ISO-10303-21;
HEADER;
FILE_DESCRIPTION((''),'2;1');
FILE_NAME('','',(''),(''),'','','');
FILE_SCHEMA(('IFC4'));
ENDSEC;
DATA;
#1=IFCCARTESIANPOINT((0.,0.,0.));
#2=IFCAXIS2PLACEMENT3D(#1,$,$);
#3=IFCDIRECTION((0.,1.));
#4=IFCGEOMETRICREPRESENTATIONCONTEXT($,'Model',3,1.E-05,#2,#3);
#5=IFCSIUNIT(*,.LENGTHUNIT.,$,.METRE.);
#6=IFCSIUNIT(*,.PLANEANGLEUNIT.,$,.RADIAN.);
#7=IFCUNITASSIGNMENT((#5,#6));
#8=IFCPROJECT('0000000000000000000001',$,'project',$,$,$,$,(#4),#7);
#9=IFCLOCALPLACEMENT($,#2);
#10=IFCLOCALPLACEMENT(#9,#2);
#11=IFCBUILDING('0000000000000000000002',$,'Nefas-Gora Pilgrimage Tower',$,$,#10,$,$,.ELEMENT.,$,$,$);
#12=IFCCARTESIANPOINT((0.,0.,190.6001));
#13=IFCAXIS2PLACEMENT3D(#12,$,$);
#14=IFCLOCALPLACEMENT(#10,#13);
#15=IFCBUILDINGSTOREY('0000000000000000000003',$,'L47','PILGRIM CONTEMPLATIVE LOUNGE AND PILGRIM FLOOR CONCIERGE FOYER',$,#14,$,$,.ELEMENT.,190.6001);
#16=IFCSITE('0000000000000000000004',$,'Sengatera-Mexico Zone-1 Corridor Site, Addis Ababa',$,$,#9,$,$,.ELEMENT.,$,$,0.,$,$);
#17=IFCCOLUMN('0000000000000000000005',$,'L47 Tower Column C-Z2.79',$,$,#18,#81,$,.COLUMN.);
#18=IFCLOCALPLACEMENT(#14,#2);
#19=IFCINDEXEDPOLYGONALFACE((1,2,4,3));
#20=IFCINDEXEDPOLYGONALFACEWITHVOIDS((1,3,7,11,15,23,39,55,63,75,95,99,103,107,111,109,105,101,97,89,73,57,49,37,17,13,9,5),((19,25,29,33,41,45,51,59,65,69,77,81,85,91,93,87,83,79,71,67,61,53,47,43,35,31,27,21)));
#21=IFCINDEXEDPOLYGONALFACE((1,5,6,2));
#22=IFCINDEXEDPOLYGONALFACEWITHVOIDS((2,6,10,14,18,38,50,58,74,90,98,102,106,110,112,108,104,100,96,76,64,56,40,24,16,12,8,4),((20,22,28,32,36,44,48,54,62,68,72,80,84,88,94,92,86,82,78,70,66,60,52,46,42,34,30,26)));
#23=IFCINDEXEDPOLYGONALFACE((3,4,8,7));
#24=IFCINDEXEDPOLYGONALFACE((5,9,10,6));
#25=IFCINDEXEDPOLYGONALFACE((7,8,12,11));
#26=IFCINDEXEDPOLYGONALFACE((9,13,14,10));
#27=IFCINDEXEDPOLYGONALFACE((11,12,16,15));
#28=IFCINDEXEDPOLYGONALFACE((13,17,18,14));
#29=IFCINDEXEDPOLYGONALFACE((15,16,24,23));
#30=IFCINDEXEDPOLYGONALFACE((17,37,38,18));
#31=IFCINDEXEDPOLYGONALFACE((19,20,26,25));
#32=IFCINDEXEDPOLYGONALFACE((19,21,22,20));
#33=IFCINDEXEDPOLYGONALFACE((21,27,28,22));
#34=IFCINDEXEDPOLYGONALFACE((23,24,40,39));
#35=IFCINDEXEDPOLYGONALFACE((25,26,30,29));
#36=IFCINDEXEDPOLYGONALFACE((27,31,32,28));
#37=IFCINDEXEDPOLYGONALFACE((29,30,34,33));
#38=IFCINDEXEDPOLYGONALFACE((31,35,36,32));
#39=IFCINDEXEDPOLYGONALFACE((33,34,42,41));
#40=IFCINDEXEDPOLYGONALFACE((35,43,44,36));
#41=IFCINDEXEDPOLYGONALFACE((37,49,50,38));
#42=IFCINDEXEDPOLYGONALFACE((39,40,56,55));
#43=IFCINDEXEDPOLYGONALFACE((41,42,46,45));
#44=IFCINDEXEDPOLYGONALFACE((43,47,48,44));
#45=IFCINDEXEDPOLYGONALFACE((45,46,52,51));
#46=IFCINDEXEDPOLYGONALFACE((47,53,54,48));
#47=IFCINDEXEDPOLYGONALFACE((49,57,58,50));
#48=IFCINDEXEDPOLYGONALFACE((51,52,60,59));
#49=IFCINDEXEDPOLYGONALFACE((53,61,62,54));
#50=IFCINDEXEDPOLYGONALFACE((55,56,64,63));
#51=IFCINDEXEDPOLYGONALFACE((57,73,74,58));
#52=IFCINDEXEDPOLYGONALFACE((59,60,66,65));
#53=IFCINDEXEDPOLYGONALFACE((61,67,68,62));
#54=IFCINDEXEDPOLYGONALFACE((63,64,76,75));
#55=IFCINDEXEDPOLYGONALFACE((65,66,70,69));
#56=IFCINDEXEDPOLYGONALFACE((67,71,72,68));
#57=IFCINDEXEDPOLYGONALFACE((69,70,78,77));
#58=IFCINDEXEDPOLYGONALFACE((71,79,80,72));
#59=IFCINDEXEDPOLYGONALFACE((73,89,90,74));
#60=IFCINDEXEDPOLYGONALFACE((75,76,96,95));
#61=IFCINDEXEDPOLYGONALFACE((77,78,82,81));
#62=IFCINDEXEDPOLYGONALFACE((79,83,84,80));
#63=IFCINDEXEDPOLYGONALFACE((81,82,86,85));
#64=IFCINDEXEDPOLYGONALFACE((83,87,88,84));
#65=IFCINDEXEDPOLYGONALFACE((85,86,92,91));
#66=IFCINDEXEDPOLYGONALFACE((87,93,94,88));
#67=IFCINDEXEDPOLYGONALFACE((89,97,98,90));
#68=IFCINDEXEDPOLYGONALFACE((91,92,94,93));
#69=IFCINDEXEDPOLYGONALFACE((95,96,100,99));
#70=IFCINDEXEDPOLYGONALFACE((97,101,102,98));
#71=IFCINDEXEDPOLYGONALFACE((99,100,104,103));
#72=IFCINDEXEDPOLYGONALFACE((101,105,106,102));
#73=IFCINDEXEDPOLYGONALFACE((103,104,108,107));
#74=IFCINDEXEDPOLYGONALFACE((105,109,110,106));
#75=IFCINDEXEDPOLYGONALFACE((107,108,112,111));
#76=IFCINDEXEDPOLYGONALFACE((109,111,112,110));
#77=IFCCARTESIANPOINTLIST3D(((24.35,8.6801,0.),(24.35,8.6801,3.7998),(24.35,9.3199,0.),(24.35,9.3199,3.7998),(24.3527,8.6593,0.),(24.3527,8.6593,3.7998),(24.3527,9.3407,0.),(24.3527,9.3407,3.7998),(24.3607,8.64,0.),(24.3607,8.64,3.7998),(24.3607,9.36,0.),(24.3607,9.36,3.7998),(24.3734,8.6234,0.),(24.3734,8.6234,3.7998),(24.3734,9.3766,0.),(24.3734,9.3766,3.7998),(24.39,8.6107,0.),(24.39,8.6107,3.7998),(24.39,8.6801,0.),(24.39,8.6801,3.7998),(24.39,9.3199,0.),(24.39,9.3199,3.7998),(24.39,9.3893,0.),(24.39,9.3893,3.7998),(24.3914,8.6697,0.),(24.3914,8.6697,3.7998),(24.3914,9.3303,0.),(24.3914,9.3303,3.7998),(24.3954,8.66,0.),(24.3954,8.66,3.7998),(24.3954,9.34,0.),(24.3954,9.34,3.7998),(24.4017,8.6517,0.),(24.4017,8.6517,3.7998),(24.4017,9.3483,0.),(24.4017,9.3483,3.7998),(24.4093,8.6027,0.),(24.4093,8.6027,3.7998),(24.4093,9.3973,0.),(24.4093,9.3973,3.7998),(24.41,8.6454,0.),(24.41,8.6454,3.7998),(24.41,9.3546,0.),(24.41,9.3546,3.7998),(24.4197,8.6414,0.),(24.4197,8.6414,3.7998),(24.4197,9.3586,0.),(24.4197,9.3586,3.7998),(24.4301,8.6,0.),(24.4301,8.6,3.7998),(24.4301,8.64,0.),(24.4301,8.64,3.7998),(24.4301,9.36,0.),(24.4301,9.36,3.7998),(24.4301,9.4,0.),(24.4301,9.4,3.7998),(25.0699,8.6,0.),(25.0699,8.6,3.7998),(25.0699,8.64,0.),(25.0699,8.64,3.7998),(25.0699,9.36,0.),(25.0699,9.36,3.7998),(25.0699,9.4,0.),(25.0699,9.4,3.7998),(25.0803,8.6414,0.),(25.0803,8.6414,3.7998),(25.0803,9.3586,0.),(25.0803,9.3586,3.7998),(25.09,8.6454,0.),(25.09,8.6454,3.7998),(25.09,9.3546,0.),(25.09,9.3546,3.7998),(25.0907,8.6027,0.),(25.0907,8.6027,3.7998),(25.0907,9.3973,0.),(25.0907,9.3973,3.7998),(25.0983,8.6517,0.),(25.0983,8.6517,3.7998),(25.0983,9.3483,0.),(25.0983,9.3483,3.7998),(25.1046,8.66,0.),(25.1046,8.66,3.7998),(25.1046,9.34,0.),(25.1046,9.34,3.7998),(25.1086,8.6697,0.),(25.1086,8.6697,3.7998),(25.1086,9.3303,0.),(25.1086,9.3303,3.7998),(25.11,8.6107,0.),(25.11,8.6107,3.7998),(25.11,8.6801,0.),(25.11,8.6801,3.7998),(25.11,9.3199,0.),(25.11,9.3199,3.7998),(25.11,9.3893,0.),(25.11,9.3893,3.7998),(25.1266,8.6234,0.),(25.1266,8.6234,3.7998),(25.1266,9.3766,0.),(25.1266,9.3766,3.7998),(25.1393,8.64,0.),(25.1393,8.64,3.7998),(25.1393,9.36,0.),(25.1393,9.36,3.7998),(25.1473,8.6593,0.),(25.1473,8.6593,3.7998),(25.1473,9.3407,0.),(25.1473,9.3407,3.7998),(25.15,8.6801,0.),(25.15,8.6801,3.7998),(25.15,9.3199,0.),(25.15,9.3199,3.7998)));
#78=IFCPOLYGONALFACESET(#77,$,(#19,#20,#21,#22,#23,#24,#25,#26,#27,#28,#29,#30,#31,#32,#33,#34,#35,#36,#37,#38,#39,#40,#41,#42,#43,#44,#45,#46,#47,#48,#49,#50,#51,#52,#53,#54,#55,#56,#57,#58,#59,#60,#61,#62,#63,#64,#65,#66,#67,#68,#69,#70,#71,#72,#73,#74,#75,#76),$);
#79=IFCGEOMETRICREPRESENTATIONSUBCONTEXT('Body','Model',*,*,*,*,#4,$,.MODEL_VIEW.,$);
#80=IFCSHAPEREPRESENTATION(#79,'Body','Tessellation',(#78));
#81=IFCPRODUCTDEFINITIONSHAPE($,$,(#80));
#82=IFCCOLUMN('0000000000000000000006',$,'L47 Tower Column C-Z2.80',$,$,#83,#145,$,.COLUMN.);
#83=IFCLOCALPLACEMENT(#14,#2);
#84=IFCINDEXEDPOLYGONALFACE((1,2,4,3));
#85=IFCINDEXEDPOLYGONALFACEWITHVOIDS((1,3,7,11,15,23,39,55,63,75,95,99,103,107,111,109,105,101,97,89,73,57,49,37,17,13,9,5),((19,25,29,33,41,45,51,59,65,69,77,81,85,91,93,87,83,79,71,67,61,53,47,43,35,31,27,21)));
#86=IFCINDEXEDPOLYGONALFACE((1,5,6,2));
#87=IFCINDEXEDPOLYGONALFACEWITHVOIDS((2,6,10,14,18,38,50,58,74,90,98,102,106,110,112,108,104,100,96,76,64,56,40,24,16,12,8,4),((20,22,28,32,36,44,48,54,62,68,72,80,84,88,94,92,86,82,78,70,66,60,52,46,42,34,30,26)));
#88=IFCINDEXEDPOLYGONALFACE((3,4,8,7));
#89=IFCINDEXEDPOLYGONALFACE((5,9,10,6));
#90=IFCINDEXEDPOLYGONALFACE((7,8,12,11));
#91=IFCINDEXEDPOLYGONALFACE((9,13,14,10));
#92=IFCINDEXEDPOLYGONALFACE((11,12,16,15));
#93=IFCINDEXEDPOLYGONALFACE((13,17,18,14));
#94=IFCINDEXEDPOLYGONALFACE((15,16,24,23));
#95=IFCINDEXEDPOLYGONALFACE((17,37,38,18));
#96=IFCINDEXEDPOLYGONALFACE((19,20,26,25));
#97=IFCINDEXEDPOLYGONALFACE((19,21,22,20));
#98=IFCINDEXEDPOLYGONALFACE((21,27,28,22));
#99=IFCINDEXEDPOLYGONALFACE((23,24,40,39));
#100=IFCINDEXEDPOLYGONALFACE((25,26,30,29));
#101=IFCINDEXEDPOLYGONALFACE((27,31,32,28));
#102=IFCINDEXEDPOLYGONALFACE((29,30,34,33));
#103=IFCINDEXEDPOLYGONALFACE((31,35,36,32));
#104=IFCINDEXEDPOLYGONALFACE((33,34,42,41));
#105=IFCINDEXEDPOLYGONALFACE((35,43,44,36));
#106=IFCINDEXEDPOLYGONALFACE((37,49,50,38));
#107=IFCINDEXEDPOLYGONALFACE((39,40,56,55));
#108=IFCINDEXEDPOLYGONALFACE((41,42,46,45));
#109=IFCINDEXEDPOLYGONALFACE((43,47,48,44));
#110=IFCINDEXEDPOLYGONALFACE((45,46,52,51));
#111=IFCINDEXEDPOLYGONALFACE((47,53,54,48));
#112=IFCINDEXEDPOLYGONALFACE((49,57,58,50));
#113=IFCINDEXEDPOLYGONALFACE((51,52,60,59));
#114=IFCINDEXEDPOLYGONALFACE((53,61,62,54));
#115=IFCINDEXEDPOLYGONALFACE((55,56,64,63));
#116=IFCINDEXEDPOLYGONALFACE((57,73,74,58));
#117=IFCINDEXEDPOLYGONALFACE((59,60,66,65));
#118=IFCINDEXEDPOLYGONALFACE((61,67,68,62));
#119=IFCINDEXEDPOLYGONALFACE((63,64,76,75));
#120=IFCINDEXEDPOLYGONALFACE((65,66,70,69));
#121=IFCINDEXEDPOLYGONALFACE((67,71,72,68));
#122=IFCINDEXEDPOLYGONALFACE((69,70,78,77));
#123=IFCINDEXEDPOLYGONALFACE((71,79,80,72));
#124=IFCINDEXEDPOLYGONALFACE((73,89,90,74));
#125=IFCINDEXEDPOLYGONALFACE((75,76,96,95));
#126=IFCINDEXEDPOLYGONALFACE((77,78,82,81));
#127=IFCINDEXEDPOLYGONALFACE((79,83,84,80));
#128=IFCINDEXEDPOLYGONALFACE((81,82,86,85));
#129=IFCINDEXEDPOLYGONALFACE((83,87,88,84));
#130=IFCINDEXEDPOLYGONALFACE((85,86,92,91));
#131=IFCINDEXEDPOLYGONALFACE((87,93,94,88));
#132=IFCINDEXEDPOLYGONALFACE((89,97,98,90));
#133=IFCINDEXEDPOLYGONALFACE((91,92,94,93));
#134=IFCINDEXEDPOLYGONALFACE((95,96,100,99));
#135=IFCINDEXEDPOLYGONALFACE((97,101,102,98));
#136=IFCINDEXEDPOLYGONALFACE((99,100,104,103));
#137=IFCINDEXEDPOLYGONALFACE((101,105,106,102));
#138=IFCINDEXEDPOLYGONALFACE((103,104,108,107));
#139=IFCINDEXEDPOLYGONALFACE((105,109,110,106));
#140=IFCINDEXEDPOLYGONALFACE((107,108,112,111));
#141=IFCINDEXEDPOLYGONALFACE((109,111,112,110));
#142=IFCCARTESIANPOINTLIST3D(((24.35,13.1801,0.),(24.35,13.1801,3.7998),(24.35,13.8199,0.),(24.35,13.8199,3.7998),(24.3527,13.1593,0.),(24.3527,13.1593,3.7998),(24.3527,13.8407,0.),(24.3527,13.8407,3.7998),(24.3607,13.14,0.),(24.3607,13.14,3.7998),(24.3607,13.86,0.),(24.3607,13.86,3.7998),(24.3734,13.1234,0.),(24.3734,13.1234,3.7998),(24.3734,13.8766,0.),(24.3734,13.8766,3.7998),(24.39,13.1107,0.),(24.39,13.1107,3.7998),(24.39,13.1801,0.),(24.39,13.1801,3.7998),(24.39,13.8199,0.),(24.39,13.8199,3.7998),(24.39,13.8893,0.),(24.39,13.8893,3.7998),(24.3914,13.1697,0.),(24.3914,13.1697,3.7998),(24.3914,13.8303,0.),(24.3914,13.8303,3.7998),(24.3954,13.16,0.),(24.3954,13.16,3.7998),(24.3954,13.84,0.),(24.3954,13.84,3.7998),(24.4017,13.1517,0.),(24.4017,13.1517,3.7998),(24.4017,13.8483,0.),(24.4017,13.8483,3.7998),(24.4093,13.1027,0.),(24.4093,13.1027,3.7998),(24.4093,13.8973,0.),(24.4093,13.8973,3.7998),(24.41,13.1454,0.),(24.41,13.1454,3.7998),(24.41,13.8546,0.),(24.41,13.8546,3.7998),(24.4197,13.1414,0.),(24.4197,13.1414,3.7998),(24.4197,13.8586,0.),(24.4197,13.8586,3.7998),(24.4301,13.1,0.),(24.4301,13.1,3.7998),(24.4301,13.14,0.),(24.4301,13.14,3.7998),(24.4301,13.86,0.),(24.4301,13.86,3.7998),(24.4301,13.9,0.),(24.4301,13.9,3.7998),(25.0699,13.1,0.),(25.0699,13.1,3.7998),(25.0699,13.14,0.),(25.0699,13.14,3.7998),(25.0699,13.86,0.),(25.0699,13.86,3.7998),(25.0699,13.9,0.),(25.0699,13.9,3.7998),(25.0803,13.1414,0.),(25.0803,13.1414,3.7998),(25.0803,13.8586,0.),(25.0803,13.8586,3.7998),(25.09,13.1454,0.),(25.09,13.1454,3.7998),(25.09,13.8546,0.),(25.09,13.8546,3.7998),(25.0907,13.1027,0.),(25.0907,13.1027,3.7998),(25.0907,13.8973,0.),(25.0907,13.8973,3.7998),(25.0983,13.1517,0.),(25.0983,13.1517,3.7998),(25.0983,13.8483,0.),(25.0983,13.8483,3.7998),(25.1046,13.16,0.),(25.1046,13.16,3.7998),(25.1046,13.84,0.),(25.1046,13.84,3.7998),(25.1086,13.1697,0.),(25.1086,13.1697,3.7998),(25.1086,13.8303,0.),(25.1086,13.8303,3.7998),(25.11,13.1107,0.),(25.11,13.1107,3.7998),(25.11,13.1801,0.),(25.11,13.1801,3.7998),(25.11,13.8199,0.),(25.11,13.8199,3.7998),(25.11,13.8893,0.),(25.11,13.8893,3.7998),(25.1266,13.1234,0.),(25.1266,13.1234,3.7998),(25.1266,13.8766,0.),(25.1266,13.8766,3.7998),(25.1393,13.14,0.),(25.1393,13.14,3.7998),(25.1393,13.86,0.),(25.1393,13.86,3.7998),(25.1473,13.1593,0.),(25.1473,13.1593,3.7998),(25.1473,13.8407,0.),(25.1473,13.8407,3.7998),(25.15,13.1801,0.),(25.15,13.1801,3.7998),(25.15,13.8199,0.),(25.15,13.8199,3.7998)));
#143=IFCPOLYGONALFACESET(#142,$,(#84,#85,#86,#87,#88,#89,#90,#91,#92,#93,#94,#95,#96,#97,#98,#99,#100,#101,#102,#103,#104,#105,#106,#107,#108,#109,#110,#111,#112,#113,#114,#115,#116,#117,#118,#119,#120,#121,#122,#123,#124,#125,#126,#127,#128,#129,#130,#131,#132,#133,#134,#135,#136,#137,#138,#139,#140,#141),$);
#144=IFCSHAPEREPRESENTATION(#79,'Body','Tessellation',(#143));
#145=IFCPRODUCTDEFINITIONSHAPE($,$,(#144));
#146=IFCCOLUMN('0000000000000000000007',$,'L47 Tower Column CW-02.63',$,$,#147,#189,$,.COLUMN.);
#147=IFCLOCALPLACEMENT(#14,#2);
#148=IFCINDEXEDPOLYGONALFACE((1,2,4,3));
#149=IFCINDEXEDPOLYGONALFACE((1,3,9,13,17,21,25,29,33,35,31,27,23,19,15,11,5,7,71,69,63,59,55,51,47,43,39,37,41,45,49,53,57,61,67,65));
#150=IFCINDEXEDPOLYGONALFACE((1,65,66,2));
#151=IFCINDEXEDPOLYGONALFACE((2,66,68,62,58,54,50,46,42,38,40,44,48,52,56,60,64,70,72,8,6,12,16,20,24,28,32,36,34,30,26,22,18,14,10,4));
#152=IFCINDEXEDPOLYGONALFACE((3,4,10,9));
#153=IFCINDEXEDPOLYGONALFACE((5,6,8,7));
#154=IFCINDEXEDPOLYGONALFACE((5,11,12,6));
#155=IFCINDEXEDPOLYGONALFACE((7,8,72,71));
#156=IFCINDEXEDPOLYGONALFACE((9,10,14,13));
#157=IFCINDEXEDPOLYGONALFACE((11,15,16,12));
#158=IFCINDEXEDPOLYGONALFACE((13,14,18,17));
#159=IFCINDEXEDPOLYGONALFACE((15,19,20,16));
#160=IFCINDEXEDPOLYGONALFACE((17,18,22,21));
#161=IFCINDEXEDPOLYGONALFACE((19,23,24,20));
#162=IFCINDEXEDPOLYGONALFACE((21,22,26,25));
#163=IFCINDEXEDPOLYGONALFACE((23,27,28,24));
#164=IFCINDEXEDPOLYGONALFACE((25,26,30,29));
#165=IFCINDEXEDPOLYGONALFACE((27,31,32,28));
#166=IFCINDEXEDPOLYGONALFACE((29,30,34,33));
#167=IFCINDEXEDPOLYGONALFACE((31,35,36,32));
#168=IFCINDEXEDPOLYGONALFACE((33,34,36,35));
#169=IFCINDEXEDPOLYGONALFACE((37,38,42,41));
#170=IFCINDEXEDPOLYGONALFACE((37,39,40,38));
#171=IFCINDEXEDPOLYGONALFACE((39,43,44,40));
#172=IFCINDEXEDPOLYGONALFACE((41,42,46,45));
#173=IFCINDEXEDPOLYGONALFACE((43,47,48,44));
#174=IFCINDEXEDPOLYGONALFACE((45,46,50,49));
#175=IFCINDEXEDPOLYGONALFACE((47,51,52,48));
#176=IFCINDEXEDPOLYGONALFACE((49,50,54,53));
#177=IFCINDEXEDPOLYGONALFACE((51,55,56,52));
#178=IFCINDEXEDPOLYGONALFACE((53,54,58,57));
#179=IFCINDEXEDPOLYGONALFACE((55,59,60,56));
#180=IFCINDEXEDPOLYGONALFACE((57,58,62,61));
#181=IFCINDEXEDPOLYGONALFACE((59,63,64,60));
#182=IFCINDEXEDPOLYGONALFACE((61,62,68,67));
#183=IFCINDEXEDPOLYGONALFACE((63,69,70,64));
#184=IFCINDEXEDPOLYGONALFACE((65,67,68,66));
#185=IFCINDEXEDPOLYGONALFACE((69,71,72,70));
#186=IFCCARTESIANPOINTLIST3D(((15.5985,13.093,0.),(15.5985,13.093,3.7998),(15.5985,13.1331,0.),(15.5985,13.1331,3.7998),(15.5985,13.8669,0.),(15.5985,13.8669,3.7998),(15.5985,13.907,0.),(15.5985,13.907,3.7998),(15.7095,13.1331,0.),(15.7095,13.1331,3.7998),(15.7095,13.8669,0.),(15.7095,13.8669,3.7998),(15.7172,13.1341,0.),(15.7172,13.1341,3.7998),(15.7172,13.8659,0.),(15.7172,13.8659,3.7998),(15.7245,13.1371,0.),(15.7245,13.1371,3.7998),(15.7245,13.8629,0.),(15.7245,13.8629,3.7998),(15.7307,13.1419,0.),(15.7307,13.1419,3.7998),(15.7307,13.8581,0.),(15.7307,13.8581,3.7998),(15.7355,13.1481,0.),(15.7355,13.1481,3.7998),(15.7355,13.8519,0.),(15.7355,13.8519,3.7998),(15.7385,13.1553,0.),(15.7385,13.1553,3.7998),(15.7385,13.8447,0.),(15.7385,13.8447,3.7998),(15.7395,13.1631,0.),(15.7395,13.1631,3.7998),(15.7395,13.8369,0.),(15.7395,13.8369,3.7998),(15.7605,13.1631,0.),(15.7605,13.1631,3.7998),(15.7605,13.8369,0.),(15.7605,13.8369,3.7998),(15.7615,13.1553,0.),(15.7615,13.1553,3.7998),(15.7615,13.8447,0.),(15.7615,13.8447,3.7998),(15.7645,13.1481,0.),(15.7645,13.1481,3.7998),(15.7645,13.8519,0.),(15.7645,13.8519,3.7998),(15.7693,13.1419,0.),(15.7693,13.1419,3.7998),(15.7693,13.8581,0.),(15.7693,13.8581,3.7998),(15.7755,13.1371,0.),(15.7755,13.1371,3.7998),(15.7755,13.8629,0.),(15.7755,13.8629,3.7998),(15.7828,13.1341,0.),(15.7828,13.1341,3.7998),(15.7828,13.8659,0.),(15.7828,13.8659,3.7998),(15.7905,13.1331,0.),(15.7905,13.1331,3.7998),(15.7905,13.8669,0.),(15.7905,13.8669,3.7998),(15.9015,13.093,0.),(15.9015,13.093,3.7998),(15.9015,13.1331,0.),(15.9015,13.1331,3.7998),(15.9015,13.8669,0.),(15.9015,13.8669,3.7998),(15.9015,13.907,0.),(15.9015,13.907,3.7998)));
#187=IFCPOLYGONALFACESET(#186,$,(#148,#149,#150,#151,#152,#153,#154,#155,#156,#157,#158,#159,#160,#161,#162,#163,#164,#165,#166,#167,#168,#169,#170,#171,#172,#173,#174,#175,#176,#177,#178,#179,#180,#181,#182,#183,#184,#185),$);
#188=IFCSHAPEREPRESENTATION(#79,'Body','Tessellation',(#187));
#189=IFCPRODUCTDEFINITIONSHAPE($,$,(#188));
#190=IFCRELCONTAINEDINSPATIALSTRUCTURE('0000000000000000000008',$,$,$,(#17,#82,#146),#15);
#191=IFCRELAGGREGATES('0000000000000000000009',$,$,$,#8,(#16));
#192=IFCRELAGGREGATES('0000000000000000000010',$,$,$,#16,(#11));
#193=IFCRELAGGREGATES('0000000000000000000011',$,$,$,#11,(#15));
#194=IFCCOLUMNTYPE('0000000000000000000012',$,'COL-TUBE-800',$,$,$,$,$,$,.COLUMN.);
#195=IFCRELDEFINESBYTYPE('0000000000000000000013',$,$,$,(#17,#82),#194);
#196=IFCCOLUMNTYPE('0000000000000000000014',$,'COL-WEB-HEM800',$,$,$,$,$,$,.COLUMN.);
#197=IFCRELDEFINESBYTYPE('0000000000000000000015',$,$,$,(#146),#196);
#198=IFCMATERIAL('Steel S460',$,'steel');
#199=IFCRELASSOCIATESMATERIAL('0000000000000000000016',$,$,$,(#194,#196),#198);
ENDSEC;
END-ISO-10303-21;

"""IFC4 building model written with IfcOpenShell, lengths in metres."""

from ifc_helpers import new_model, si_unit, direction, frame, origin, origin_2d, place, context, subcontext, project, spatial, hollow_rectangle, i_section, extrude, source, transform, mapped, material, material_profile, profile_set, type_object, element, save


model = new_model("IFC4")

# Units and contexts
model_context = context("Model", 3, precision=1e-05, world=origin(), true_north=direction((0.0, 1.0)))
body_context = subcontext(model_context, "Body", "Model", "MODEL_VIEW")
ifc_project = project(units=[si_unit("LENGTHUNIT", "METRE"), si_unit("PLANEANGLEUNIT", "RADIAN")], contexts=[model_context])

# Site, building, storey
site_placement = place(None, origin())
site = spatial("IfcSite", under=ifc_project, at=site_placement, Name="Sengatera-Mexico Zone-1 Corridor Site, Addis Ababa", CompositionType="ELEMENT", RefElevation=0.0)
building_placement = place(site_placement, origin())
building = spatial("IfcBuilding", under=site, at=building_placement, Name="Nefas-Gora Pilgrimage Tower", CompositionType="ELEMENT")
storey_placement = place(building_placement, frame((0.0, 0.0, 190.6001)))
storey = spatial("IfcBuildingStorey", under=building, at=storey_placement, Name="L47", Description="PILGRIM CONTEMPLATIVE LOUNGE AND PILGRIM FLOOR CONCIERGE FOYER", CompositionType="ELEMENT", Elevation=190.6001)

# Columns
ifc_material_1 = material(Name="Steel S460", Category="steel")
ifc_material_profile_1 = material_profile(ifc_material_1, hollow_rectangle(XDim=0.8, YDim=0.8, WallThickness=0.04, InnerFilletRadius=0.04, OuterFilletRadius=0.0801, at=origin_2d()), Name="BOX 800x800x40")
ifc_profile_set_1 = profile_set([ifc_material_profile_1], Name="Steel S460")
column_type_1 = type_object("IfcColumnType", Name="COL-TUBE-800", PredefinedType="COLUMN", material=ifc_profile_set_1)
shared_shape_1 = source(origin(), body_context, "Body", "SweptSolid", [
    extrude(hollow_rectangle(XDim=0.8, YDim=0.8, WallThickness=0.04, InnerFilletRadius=0.04, OuterFilletRadius=0.0801, at=origin_2d()), origin(), (0.0, 0.0, 1.0), 3.7998),
])
for number, where, z_axis, x_axis, name in (
    (1, (24.75, 9.0, 0.0), (0.0, 0.0, 1.0), (1.0, 0.0, 0.0), "L47 Tower Column C-Z2.79"),
    (2, (24.75, 13.5, 0.0), (0.0, 0.0, 1.0), (1.0, 0.0, 0.0), "L47 Tower Column C-Z2.80"),
):
    element("IfcColumn", number, at=place(storey_placement, frame(where, z_axis=z_axis, x_axis=x_axis)), inside=storey, type_object=column_type_1, Name=name, PredefinedType="COLUMN", context=body_context, shape_type="MappedRepresentation", body=[
        mapped(shared_shape_1, transform((0.0, 0.0, 0.0), x_axis=(1.0, 0.0, 0.0), y_axis=(0.0, 1.0, 0.0), z_axis=(0.0, 0.0, 1.0), scale=1.0)),
    ])
ifc_material_profile_2 = material_profile(ifc_material_1, i_section(OverallWidth=0.303, OverallDepth=0.814, WebThickness=0.021, FlangeThickness=0.04, FilletRadius=0.03, at=origin_2d()), Name="HEM 800")
ifc_profile_set_2 = profile_set([ifc_material_profile_2], Name="Steel S460")
column_type_2 = type_object("IfcColumnType", Name="COL-WEB-HEM800", PredefinedType="COLUMN", material=ifc_profile_set_2)
shared_shape_2 = source(origin(), body_context, "Body", "SweptSolid", [
    extrude(i_section(OverallWidth=0.303, OverallDepth=0.814, WebThickness=0.021, FlangeThickness=0.04, FilletRadius=0.03, at=origin_2d()), origin(), (0.0, 0.0, 1.0), 3.7998),
])
for number, where, z_axis, x_axis, name in (
    (3, (15.75, 13.5, 0.0), (0.0, 0.0, 1.0), (1.0, 0.0, 0.0), "L47 Tower Column CW-02.63"),
):
    element("IfcColumn", number, at=place(storey_placement, frame(where, z_axis=z_axis, x_axis=x_axis)), inside=storey, type_object=column_type_2, Name=name, PredefinedType="COLUMN", context=body_context, shape_type="MappedRepresentation", body=[
        mapped(shared_shape_2, transform((0.0, 0.0, 0.0), x_axis=(1.0, 0.0, 0.0), y_axis=(0.0, 1.0, 0.0), z_axis=(0.0, 0.0, 1.0), scale=1.0)),
    ])

save(model, "model.ifc")
